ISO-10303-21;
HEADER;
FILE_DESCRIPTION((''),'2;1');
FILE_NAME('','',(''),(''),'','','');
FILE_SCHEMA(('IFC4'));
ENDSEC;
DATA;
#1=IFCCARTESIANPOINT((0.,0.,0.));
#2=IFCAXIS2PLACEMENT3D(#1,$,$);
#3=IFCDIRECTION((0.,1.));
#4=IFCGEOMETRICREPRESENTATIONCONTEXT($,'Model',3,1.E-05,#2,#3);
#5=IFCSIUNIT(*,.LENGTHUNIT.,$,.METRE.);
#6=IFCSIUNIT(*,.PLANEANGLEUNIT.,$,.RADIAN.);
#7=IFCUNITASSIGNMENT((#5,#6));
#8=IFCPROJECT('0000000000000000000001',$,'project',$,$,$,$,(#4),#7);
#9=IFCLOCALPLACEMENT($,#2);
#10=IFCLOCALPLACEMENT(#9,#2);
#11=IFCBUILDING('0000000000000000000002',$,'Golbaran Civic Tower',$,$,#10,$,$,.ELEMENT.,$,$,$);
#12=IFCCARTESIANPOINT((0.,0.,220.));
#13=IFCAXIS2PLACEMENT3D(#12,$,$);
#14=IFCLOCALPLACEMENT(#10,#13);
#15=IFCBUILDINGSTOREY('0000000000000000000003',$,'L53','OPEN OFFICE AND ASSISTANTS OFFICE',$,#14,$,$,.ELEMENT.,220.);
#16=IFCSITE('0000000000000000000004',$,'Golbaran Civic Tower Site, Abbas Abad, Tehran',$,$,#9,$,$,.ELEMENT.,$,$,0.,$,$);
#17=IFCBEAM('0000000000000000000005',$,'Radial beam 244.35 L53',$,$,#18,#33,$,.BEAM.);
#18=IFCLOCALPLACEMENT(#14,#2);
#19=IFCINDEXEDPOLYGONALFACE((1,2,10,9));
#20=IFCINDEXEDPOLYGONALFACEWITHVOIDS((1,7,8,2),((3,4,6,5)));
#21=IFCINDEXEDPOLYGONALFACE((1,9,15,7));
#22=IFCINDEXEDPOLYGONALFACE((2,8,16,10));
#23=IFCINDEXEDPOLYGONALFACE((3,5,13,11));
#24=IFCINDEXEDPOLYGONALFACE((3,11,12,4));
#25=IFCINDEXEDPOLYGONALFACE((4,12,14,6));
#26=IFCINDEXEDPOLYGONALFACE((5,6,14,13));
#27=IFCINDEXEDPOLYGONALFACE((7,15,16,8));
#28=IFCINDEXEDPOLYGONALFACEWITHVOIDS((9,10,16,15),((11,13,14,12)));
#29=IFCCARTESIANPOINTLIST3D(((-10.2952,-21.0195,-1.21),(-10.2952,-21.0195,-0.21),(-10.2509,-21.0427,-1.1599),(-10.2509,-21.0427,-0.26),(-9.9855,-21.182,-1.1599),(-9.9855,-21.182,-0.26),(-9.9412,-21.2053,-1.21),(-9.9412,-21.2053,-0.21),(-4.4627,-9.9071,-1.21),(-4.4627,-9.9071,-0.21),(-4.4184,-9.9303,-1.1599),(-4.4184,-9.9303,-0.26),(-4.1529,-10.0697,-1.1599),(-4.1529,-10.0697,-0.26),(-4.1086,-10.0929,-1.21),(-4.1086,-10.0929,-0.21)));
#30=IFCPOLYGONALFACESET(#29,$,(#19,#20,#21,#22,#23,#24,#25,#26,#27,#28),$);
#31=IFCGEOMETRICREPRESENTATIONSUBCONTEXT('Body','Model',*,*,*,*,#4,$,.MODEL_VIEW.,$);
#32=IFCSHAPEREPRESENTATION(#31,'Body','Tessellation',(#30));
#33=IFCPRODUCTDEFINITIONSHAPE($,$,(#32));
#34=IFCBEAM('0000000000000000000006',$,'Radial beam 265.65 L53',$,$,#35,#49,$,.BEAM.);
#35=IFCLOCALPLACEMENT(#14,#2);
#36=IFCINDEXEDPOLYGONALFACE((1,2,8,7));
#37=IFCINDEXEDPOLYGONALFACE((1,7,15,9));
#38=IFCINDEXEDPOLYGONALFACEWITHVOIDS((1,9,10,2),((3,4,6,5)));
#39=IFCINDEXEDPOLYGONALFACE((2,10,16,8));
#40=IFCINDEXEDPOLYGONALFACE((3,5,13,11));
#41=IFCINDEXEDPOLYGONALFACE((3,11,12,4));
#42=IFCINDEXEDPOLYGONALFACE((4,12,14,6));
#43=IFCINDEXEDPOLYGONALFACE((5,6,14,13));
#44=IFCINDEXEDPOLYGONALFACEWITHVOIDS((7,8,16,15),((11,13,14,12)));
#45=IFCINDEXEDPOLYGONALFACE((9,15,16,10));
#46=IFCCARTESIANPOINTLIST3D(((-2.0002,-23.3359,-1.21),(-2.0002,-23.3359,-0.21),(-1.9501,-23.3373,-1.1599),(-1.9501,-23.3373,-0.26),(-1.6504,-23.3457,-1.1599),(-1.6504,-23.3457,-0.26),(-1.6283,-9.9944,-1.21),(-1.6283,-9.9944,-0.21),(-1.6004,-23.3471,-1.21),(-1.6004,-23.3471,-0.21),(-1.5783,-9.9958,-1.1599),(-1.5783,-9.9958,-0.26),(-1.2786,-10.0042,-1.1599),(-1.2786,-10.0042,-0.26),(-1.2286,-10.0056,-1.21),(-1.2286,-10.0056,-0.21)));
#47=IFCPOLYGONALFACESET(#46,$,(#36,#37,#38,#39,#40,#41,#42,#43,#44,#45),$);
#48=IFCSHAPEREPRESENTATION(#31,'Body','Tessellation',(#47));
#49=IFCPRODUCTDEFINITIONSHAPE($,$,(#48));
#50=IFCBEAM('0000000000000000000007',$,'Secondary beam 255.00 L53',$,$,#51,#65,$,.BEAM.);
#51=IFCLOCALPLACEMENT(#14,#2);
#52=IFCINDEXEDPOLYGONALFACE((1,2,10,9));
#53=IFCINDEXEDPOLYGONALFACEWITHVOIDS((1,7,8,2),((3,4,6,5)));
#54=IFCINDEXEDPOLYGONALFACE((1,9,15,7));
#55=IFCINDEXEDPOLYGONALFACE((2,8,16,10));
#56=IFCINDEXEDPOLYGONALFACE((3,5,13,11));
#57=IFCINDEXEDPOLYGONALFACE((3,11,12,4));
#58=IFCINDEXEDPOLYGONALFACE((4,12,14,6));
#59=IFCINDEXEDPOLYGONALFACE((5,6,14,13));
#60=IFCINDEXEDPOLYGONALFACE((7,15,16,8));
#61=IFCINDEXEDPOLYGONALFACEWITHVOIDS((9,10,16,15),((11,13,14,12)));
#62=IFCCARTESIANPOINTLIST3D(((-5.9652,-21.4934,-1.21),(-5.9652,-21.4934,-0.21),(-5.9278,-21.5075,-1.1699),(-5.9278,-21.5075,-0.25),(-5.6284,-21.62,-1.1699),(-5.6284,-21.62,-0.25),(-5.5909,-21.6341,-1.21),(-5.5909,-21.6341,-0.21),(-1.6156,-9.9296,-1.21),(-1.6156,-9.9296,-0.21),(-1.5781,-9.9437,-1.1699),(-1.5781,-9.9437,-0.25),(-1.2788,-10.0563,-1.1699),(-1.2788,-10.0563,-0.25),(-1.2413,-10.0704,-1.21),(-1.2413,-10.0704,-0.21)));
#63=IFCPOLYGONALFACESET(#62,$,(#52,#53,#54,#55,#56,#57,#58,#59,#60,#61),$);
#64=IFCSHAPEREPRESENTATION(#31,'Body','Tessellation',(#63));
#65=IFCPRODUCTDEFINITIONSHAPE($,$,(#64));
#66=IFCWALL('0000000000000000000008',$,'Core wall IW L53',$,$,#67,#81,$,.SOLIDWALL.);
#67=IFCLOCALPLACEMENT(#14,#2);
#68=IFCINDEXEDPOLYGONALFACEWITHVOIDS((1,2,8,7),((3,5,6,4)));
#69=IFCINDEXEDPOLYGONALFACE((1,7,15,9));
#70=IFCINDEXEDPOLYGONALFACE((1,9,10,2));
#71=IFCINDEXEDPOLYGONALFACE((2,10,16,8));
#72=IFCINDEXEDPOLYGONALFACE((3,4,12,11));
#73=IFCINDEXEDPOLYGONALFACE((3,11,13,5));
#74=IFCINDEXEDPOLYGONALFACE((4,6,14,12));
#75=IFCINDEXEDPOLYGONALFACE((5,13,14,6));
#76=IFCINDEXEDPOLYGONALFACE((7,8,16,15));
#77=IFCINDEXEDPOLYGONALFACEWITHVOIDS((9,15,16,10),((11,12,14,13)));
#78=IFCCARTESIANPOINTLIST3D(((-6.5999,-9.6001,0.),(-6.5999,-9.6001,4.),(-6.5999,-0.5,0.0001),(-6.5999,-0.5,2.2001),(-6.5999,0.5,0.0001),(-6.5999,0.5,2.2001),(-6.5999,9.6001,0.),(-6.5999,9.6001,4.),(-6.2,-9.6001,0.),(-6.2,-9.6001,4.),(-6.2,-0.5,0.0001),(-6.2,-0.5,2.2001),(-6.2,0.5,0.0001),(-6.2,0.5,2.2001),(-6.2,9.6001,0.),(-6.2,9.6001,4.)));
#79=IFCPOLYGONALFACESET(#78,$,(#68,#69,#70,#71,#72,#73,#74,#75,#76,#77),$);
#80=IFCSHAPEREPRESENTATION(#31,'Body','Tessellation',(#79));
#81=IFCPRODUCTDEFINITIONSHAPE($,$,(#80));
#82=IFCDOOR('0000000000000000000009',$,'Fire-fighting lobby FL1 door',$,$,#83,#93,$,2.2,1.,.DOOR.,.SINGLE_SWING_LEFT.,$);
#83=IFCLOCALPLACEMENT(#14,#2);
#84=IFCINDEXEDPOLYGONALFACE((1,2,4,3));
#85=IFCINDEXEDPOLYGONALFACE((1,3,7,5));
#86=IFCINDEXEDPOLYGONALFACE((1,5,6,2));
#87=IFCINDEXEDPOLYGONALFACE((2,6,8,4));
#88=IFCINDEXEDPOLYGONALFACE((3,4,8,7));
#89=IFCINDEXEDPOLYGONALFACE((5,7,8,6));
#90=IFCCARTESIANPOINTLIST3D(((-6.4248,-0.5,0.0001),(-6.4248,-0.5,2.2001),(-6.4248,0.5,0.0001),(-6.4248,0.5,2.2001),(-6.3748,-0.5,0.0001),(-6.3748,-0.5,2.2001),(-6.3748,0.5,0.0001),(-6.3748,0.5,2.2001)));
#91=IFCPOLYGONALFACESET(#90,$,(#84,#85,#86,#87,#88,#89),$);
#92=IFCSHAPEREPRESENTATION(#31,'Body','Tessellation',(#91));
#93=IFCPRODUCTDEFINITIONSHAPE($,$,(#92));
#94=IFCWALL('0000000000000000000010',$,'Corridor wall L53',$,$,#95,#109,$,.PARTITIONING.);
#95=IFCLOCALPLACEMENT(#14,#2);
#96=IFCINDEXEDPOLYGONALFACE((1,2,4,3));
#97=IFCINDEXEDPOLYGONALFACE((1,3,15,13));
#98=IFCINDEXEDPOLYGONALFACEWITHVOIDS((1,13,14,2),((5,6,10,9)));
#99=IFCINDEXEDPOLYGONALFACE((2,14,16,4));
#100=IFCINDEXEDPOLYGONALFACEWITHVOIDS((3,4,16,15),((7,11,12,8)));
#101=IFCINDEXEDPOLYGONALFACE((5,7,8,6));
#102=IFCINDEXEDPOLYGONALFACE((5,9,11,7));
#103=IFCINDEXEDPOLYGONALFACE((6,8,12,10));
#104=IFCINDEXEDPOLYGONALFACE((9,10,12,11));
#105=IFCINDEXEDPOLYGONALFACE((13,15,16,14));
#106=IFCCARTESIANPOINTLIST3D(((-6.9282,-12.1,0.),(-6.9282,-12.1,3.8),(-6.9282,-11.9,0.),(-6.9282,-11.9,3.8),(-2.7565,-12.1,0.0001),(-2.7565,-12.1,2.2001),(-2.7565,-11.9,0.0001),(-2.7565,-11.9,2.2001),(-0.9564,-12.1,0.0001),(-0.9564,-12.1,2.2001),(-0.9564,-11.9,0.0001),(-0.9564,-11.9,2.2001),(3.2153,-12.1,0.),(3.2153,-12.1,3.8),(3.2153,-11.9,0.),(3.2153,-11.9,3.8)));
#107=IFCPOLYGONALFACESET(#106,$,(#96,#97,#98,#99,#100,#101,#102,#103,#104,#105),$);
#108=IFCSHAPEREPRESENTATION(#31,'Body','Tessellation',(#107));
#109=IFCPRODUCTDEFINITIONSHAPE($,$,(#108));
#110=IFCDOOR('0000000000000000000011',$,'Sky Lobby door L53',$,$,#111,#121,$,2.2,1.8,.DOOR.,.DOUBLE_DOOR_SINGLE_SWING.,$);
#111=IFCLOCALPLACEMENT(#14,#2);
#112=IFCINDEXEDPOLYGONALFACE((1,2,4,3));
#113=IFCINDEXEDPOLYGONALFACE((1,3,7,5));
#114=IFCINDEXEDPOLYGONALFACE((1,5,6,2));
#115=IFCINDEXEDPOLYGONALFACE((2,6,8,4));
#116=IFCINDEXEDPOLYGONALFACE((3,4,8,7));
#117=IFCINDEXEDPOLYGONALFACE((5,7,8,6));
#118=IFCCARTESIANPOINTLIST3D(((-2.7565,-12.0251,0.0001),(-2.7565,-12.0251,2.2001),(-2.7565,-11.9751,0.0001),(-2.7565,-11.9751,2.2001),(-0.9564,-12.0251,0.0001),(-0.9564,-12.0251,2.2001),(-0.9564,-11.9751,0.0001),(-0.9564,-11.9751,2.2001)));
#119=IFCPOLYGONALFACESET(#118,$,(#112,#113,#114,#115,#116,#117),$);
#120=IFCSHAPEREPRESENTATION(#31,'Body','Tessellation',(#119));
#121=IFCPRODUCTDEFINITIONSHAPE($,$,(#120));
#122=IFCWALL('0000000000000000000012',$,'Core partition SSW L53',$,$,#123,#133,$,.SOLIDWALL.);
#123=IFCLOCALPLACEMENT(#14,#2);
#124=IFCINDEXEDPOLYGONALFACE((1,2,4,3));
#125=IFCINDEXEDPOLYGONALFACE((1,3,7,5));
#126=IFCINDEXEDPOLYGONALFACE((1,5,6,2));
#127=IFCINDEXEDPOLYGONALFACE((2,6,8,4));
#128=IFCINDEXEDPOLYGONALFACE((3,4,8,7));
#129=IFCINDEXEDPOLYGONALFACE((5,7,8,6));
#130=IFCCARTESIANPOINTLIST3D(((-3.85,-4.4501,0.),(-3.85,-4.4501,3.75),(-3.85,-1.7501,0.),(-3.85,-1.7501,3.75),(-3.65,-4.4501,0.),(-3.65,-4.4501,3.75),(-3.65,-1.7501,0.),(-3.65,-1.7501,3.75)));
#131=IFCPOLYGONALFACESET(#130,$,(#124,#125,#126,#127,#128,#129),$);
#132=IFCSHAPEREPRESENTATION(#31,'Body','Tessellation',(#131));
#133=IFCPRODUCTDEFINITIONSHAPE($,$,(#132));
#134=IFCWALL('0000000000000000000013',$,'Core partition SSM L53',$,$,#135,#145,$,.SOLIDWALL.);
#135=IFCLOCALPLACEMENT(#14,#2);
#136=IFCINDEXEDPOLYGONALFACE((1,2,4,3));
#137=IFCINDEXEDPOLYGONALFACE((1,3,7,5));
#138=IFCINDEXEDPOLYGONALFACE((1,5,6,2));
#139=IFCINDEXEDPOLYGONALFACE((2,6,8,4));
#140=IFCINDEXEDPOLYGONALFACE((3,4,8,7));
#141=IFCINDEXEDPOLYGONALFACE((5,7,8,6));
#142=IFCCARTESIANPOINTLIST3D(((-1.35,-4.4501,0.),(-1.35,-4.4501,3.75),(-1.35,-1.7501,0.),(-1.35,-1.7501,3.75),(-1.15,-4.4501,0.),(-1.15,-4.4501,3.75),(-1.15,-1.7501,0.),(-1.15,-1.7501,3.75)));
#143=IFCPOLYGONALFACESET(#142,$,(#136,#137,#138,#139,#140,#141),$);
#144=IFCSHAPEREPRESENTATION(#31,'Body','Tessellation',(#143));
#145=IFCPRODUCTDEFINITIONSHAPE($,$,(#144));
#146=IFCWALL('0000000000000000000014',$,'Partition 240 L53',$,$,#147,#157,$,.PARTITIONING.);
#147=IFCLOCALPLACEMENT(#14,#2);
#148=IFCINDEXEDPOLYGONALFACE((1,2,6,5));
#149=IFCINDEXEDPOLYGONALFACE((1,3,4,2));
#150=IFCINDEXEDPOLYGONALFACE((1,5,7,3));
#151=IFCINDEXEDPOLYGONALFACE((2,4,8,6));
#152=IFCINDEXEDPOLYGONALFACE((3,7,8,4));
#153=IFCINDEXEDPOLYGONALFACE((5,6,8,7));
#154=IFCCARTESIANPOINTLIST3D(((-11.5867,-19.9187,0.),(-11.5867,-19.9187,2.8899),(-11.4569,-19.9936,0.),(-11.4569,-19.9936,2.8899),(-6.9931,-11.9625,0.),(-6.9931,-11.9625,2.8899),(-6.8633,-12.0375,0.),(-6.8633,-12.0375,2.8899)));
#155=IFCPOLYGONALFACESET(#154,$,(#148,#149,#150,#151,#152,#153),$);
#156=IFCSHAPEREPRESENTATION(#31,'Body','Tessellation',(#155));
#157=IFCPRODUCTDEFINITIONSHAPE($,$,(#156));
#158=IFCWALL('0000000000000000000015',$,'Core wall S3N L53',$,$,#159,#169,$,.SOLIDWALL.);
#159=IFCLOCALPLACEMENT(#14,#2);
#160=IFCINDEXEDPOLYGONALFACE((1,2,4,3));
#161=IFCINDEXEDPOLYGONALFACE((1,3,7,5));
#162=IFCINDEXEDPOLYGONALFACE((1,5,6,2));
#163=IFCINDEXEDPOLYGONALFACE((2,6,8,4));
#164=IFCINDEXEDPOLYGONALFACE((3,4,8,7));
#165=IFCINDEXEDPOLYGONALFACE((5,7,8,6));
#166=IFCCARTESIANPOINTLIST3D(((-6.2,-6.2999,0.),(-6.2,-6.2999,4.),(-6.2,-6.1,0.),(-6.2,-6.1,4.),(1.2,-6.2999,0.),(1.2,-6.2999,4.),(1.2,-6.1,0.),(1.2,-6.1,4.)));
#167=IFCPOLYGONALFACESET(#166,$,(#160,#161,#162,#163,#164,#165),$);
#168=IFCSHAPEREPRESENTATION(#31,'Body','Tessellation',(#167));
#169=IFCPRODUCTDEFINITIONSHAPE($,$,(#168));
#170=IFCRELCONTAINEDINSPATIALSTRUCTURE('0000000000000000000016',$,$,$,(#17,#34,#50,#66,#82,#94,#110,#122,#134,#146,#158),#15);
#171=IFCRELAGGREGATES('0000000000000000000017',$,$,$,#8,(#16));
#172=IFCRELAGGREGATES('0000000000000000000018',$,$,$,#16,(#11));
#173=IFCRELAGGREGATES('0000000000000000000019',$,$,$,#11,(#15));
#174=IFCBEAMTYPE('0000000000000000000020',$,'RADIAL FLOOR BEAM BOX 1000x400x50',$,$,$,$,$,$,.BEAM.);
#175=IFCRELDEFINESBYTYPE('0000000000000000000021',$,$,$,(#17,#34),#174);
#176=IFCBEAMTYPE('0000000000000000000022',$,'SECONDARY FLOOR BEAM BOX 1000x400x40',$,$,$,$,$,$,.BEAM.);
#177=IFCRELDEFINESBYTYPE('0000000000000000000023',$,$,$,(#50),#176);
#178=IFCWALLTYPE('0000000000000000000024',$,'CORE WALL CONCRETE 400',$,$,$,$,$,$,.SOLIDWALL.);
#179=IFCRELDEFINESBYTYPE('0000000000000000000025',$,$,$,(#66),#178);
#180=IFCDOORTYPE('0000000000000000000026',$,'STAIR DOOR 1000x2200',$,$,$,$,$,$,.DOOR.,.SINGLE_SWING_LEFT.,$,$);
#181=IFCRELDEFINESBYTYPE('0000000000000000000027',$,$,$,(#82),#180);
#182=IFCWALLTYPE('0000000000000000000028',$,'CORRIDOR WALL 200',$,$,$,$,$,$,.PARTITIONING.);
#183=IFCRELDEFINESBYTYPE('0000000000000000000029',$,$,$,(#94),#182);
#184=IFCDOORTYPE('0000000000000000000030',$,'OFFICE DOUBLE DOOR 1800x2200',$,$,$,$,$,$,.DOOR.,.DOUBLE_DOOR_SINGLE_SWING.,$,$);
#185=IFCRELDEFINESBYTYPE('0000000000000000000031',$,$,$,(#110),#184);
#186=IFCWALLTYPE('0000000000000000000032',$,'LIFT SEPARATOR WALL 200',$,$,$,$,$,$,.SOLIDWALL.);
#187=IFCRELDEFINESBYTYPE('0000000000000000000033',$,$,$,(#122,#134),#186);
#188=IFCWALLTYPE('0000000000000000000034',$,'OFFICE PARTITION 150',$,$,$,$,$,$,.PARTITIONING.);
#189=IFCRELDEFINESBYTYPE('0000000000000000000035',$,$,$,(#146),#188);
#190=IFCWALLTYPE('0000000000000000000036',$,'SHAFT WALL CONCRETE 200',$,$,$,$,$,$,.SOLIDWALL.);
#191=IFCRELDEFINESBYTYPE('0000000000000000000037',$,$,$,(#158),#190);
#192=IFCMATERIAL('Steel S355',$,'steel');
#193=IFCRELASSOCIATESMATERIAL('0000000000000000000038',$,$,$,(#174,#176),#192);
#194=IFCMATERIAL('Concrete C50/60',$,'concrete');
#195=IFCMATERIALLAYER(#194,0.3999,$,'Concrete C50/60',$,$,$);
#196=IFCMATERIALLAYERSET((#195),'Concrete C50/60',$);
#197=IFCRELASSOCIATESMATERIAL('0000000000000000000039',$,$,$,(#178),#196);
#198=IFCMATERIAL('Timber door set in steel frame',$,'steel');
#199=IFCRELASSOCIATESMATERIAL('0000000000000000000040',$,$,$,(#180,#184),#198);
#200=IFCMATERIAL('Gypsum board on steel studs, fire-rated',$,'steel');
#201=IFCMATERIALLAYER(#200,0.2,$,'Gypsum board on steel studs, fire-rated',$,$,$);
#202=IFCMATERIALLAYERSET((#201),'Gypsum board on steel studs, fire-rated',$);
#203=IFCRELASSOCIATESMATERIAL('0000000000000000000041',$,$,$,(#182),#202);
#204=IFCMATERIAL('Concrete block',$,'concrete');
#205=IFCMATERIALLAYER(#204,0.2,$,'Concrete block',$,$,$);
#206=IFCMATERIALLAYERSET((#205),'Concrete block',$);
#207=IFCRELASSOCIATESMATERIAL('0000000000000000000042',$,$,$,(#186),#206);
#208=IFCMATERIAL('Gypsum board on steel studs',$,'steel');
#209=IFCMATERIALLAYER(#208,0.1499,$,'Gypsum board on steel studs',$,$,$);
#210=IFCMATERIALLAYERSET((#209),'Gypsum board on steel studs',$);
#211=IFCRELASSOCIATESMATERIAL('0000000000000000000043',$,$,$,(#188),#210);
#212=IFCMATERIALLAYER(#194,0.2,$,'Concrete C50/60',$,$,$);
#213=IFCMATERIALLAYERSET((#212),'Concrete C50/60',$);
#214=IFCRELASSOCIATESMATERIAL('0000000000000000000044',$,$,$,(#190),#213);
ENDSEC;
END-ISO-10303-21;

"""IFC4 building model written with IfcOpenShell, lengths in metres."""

from ifc_helpers import new_model, si_unit, direction, frame, frame_2d, origin, origin_2d, place, context, subcontext, project, spatial, rectangle, hollow_rectangle, extrude, material, layer, layer_set, material_profile, profile_set, type_object, element, fill, save


model = new_model("IFC4")

# Units and contexts
model_context = context("Model", 3, precision=1e-05, world=origin(), true_north=direction((0.0, 1.0)))
body_context = subcontext(model_context, "Body", "Model", "MODEL_VIEW")
ifc_project = project(units=[si_unit("LENGTHUNIT", "METRE"), si_unit("PLANEANGLEUNIT", "RADIAN")], contexts=[model_context])

# Site, building, storey
site_placement = place(None, origin())
site = spatial("IfcSite", under=ifc_project, at=site_placement, Name="Golbaran Civic Tower Site, Abbas Abad, Tehran", CompositionType="ELEMENT", RefElevation=0.0)
building_placement = place(site_placement, origin())
building = spatial("IfcBuilding", under=site, at=building_placement, Name="Golbaran Civic Tower", CompositionType="ELEMENT")
storey_placement = place(building_placement, frame((0.0, 0.0, 220.0)))
storey = spatial("IfcBuildingStorey", under=building, at=storey_placement, Name="L53", Description="OPEN OFFICE AND ASSISTANTS OFFICE", CompositionType="ELEMENT", Elevation=220.0)

# Beams
ifc_material_1 = material(Name="Steel S355", Category="steel")
ifc_material_profile_1 = material_profile(ifc_material_1, hollow_rectangle(XDim=0.3999, YDim=1.0, WallThickness=0.05, at=origin_2d()), Name="BOX 1000x400x50")
ifc_profile_set_1 = profile_set([ifc_material_profile_1], Name="Steel S355")
beam_type_1 = type_object("IfcBeamType", Name="RADIAL FLOOR BEAM BOX 1000x400x50", PredefinedType="BEAM", material=ifc_profile_set_1)
beam_1_placement = place(storey_placement, frame((-4.2856, -10.0, -0.71), z_axis=(-0.464744, -0.885445, 0.0), x_axis=(0.885445, -0.464744, 0.0)))
element("IfcBeam", 1, at=beam_1_placement, inside=storey, type_object=beam_type_1, Name="Radial beam 244.35 L53", PredefinedType="BEAM", context=body_context, shape_type="SweptSolid", body=[
    extrude(hollow_rectangle(XDim=0.3999, YDim=1.0, WallThickness=0.05, at=origin_2d()), origin(), (0.0, 0.0, 1.0), 12.55),
])
beam_2_placement = place(storey_placement, frame((-1.4285, -10.0, -0.71), z_axis=(-0.027859, -0.999612, 0.0), x_axis=(0.999612, -0.027859, 0.0)))
element("IfcBeam", 2, at=beam_2_placement, inside=storey, type_object=beam_type_1, Name="Radial beam 265.65 L53", PredefinedType="BEAM", context=body_context, shape_type="SweptSolid", body=[
    extrude(hollow_rectangle(XDim=0.3999, YDim=1.0, WallThickness=0.05, at=origin_2d()), origin(), (0.0, 0.0, 1.0), 13.3467),
])
ifc_material_profile_2 = material_profile(ifc_material_1, hollow_rectangle(XDim=0.3999, YDim=1.0, WallThickness=0.04, at=origin_2d()), Name="BOX 1000x400x40")
ifc_profile_set_2 = profile_set([ifc_material_profile_2], Name="Steel S355")
beam_type_2 = type_object("IfcBeamType", Name="SECONDARY FLOOR BEAM BOX 1000x400x40", PredefinedType="BEAM", material=ifc_profile_set_2)
beam_3_placement = place(storey_placement, frame((-1.4285, -10.0, -0.71), z_axis=(-0.352061, -0.935977, 0.0), x_axis=(0.935977, -0.352061, 0.0)))
element("IfcBeam", 3, at=beam_3_placement, inside=storey, type_object=beam_type_2, Name="Secondary beam 255.00 L53", PredefinedType="BEAM", context=body_context, shape_type="SweptSolid", body=[
    extrude(hollow_rectangle(XDim=0.3999, YDim=1.0, WallThickness=0.04, at=origin_2d()), origin(), (0.0, 0.0, 1.0), 12.3547),
])

# Walls, openings, doors
ifc_material_2 = material(Name="Concrete C50/60", Category="concrete")
ifc_layer_1 = layer(ifc_material_2, 0.3999, Name="Concrete C50/60")
ifc_layer_set_1 = layer_set([ifc_layer_1], Name="Concrete C50/60")
wall_type_1 = type_object("IfcWallType", Name="CORE WALL CONCRETE 400", PredefinedType="SOLIDWALL", material=ifc_layer_set_1)
wall_1_placement = place(storey_placement, frame((-6.3999, -9.6001, 0.0), z_axis=(0.0, 0.0, 1.0), x_axis=(0.0, 1.0, 0.0)))
wall_1 = element("IfcWall", 4, at=wall_1_placement, inside=storey, type_object=wall_type_1, Name="Core wall IW L53", PredefinedType="SOLIDWALL", context=body_context, shape_type="SweptSolid", body=[
    extrude(rectangle(XDim=19.2002, YDim=0.3999, at=frame_2d((9.6001, 0.0))), origin(), (0.0, 0.0, 1.0), 4.0),
])
opening_1_placement = place(wall_1_placement, frame((9.1001, 0.0, 0.0)))
opening_1 = element("IfcOpeningElement", 5, at=opening_1_placement, cuts=wall_1, PredefinedType="OPENING", context=body_context, shape_type="SweptSolid", body=[
    extrude(rectangle(XDim=1.0, YDim=2.2, at=frame_2d((0.5, 1.1001))), frame((0.0, 0.21, 0.0), z_axis=(0.0, -1.0, 0.0), x_axis=(1.0, 0.0, 0.0)), (0.0, 0.0, 1.0), 0.4199),
])
ifc_material_3 = material(Name="Timber door set in steel frame", Category="steel")
door_type_1 = type_object("IfcDoorType", Name="STAIR DOOR 1000x2200", OperationType="SINGLE_SWING_LEFT", PredefinedType="DOOR", material=ifc_material_3)
door_1_placement = place(opening_1_placement, origin())
door_1 = element("IfcDoor", 6, at=door_1_placement, inside=storey, type_object=door_type_1, Name="Fire-fighting lobby FL1 door", OperationType="SINGLE_SWING_LEFT", OverallHeight=2.2, OverallWidth=1.0, PredefinedType="DOOR", context=body_context, shape_type="SweptSolid", body=[
    extrude(rectangle(XDim=1.0, YDim=2.2, at=frame_2d((0.5, 1.1001))), frame((0.0, 0.0249, 0.0), z_axis=(0.0, -1.0, 0.0), x_axis=(1.0, 0.0, 0.0)), (0.0, 0.0, 1.0), 0.05),
])
fill(opening_1, door_1)
ifc_material_4 = material(Name="Gypsum board on steel studs, fire-rated", Category="steel")
ifc_layer_2 = layer(ifc_material_4, 0.2, Name="Gypsum board on steel studs, fire-rated")
ifc_layer_set_2 = layer_set([ifc_layer_2], Name="Gypsum board on steel studs, fire-rated")
wall_type_2 = type_object("IfcWallType", Name="CORRIDOR WALL 200", PredefinedType="PARTITIONING", material=ifc_layer_set_2)
wall_2_placement = place(storey_placement, frame((-6.9282, -12.0, 0.0), z_axis=(0.0, 0.0, 1.0), x_axis=(1.0, 0.0, 0.0)))
wall_2 = element("IfcWall", 7, at=wall_2_placement, inside=storey, type_object=wall_type_2, Name="Corridor wall L53", PredefinedType="PARTITIONING", context=body_context, shape_type="SweptSolid", body=[
    extrude(rectangle(XDim=10.1436, YDim=0.2, at=frame_2d((5.0718, 0.0))), origin(), (0.0, 0.0, 1.0), 3.8),
])
opening_2_placement = place(wall_2_placement, frame((4.1719, 0.0, 0.0)))
opening_2 = element("IfcOpeningElement", 8, at=opening_2_placement, cuts=wall_2, PredefinedType="OPENING", context=body_context, shape_type="SweptSolid", body=[
    extrude(rectangle(XDim=1.8, YDim=2.2, at=frame_2d((0.8999, 1.1001))), frame((0.0, 0.1099, 0.0), z_axis=(0.0, -1.0, 0.0), x_axis=(1.0, 0.0, 0.0)), (0.0, 0.0, 1.0), 0.22),
])
door_type_2 = type_object("IfcDoorType", Name="OFFICE DOUBLE DOOR 1800x2200", OperationType="DOUBLE_DOOR_SINGLE_SWING", PredefinedType="DOOR", material=ifc_material_3)
door_2_placement = place(opening_2_placement, origin())
door_2 = element("IfcDoor", 9, at=door_2_placement, inside=storey, type_object=door_type_2, Name="Sky Lobby door L53", OperationType="DOUBLE_DOOR_SINGLE_SWING", OverallHeight=2.2, OverallWidth=1.8, PredefinedType="DOOR", context=body_context, shape_type="SweptSolid", body=[
    extrude(rectangle(XDim=1.8, YDim=2.2, at=frame_2d((0.8999, 1.1001))), frame((0.0, 0.0249, 0.0), z_axis=(0.0, -1.0, 0.0), x_axis=(1.0, 0.0, 0.0)), (0.0, 0.0, 1.0), 0.05),
])
fill(opening_2, door_2)

# Walls
ifc_material_5 = material(Name="Concrete block", Category="concrete")
ifc_layer_3 = layer(ifc_material_5, 0.2, Name="Concrete block")
ifc_layer_set_3 = layer_set([ifc_layer_3], Name="Concrete block")
wall_type_3 = type_object("IfcWallType", Name="LIFT SEPARATOR WALL 200", PredefinedType="SOLIDWALL", material=ifc_layer_set_3)
for number, where, z_axis, x_axis, name in (
    (10, (-3.75, -1.75, 0.0), (0.0, 0.0, 1.0), (0.0, -1.0, 0.0), "Core partition SSW L53"),
    (11, (-1.25, -1.75, 0.0), (0.0, 0.0, 1.0), (0.0, -1.0, 0.0), "Core partition SSM L53"),
):
    element("IfcWall", number, at=place(storey_placement, frame(where, z_axis=z_axis, x_axis=x_axis)), inside=storey, type_object=wall_type_3, Name=name, PredefinedType="SOLIDWALL", context=body_context, shape_type="SweptSolid", body=[
        extrude(rectangle(XDim=2.7, YDim=0.2, at=frame_2d((1.3501, 0.0))), origin(), (0.0, 0.0, 1.0), 3.75),
    ])
ifc_material_6 = material(Name="Gypsum board on steel studs", Category="steel")
ifc_layer_4 = layer(ifc_material_6, 0.1499, Name="Gypsum board on steel studs")
ifc_layer_set_4 = layer_set([ifc_layer_4], Name="Gypsum board on steel studs")
wall_type_4 = type_object("IfcWallType", Name="OFFICE PARTITION 150", PredefinedType="PARTITIONING", material=ifc_layer_set_4)
wall_3_placement = place(storey_placement, frame((-6.9282, -12.0, 0.0), z_axis=(0.0, 0.0, 1.0), x_axis=(-0.500006, -0.866022, 0.0)))
element("IfcWall", 12, at=wall_3_placement, inside=storey, type_object=wall_type_4, Name="Partition 240 L53", PredefinedType="PARTITIONING", context=body_context, shape_type="SweptSolid", body=[
    extrude(rectangle(XDim=9.187, YDim=0.1499, at=frame_2d((4.5935, 0.0))), origin(), (0.0, 0.0, 1.0), 2.8899),
])
ifc_layer_5 = layer(ifc_material_2, 0.2, Name="Concrete C50/60")
ifc_layer_set_5 = layer_set([ifc_layer_5], Name="Concrete C50/60")
wall_type_5 = type_object("IfcWallType", Name="SHAFT WALL CONCRETE 200", PredefinedType="SOLIDWALL", material=ifc_layer_set_5)
wall_4_placement = place(storey_placement, frame((-6.2, -6.2, 0.0), z_axis=(0.0, 0.0, 1.0), x_axis=(1.0, 0.0, 0.0)))
element("IfcWall", 13, at=wall_4_placement, inside=storey, type_object=wall_type_5, Name="Core wall S3N L53", PredefinedType="SOLIDWALL", context=body_context, shape_type="SweptSolid", body=[
    extrude(rectangle(XDim=7.3999, YDim=0.2, at=frame_2d((3.7, 0.0))), origin(), (0.0, 0.0, 1.0), 4.0),
])

save(model, "model.ifc")
